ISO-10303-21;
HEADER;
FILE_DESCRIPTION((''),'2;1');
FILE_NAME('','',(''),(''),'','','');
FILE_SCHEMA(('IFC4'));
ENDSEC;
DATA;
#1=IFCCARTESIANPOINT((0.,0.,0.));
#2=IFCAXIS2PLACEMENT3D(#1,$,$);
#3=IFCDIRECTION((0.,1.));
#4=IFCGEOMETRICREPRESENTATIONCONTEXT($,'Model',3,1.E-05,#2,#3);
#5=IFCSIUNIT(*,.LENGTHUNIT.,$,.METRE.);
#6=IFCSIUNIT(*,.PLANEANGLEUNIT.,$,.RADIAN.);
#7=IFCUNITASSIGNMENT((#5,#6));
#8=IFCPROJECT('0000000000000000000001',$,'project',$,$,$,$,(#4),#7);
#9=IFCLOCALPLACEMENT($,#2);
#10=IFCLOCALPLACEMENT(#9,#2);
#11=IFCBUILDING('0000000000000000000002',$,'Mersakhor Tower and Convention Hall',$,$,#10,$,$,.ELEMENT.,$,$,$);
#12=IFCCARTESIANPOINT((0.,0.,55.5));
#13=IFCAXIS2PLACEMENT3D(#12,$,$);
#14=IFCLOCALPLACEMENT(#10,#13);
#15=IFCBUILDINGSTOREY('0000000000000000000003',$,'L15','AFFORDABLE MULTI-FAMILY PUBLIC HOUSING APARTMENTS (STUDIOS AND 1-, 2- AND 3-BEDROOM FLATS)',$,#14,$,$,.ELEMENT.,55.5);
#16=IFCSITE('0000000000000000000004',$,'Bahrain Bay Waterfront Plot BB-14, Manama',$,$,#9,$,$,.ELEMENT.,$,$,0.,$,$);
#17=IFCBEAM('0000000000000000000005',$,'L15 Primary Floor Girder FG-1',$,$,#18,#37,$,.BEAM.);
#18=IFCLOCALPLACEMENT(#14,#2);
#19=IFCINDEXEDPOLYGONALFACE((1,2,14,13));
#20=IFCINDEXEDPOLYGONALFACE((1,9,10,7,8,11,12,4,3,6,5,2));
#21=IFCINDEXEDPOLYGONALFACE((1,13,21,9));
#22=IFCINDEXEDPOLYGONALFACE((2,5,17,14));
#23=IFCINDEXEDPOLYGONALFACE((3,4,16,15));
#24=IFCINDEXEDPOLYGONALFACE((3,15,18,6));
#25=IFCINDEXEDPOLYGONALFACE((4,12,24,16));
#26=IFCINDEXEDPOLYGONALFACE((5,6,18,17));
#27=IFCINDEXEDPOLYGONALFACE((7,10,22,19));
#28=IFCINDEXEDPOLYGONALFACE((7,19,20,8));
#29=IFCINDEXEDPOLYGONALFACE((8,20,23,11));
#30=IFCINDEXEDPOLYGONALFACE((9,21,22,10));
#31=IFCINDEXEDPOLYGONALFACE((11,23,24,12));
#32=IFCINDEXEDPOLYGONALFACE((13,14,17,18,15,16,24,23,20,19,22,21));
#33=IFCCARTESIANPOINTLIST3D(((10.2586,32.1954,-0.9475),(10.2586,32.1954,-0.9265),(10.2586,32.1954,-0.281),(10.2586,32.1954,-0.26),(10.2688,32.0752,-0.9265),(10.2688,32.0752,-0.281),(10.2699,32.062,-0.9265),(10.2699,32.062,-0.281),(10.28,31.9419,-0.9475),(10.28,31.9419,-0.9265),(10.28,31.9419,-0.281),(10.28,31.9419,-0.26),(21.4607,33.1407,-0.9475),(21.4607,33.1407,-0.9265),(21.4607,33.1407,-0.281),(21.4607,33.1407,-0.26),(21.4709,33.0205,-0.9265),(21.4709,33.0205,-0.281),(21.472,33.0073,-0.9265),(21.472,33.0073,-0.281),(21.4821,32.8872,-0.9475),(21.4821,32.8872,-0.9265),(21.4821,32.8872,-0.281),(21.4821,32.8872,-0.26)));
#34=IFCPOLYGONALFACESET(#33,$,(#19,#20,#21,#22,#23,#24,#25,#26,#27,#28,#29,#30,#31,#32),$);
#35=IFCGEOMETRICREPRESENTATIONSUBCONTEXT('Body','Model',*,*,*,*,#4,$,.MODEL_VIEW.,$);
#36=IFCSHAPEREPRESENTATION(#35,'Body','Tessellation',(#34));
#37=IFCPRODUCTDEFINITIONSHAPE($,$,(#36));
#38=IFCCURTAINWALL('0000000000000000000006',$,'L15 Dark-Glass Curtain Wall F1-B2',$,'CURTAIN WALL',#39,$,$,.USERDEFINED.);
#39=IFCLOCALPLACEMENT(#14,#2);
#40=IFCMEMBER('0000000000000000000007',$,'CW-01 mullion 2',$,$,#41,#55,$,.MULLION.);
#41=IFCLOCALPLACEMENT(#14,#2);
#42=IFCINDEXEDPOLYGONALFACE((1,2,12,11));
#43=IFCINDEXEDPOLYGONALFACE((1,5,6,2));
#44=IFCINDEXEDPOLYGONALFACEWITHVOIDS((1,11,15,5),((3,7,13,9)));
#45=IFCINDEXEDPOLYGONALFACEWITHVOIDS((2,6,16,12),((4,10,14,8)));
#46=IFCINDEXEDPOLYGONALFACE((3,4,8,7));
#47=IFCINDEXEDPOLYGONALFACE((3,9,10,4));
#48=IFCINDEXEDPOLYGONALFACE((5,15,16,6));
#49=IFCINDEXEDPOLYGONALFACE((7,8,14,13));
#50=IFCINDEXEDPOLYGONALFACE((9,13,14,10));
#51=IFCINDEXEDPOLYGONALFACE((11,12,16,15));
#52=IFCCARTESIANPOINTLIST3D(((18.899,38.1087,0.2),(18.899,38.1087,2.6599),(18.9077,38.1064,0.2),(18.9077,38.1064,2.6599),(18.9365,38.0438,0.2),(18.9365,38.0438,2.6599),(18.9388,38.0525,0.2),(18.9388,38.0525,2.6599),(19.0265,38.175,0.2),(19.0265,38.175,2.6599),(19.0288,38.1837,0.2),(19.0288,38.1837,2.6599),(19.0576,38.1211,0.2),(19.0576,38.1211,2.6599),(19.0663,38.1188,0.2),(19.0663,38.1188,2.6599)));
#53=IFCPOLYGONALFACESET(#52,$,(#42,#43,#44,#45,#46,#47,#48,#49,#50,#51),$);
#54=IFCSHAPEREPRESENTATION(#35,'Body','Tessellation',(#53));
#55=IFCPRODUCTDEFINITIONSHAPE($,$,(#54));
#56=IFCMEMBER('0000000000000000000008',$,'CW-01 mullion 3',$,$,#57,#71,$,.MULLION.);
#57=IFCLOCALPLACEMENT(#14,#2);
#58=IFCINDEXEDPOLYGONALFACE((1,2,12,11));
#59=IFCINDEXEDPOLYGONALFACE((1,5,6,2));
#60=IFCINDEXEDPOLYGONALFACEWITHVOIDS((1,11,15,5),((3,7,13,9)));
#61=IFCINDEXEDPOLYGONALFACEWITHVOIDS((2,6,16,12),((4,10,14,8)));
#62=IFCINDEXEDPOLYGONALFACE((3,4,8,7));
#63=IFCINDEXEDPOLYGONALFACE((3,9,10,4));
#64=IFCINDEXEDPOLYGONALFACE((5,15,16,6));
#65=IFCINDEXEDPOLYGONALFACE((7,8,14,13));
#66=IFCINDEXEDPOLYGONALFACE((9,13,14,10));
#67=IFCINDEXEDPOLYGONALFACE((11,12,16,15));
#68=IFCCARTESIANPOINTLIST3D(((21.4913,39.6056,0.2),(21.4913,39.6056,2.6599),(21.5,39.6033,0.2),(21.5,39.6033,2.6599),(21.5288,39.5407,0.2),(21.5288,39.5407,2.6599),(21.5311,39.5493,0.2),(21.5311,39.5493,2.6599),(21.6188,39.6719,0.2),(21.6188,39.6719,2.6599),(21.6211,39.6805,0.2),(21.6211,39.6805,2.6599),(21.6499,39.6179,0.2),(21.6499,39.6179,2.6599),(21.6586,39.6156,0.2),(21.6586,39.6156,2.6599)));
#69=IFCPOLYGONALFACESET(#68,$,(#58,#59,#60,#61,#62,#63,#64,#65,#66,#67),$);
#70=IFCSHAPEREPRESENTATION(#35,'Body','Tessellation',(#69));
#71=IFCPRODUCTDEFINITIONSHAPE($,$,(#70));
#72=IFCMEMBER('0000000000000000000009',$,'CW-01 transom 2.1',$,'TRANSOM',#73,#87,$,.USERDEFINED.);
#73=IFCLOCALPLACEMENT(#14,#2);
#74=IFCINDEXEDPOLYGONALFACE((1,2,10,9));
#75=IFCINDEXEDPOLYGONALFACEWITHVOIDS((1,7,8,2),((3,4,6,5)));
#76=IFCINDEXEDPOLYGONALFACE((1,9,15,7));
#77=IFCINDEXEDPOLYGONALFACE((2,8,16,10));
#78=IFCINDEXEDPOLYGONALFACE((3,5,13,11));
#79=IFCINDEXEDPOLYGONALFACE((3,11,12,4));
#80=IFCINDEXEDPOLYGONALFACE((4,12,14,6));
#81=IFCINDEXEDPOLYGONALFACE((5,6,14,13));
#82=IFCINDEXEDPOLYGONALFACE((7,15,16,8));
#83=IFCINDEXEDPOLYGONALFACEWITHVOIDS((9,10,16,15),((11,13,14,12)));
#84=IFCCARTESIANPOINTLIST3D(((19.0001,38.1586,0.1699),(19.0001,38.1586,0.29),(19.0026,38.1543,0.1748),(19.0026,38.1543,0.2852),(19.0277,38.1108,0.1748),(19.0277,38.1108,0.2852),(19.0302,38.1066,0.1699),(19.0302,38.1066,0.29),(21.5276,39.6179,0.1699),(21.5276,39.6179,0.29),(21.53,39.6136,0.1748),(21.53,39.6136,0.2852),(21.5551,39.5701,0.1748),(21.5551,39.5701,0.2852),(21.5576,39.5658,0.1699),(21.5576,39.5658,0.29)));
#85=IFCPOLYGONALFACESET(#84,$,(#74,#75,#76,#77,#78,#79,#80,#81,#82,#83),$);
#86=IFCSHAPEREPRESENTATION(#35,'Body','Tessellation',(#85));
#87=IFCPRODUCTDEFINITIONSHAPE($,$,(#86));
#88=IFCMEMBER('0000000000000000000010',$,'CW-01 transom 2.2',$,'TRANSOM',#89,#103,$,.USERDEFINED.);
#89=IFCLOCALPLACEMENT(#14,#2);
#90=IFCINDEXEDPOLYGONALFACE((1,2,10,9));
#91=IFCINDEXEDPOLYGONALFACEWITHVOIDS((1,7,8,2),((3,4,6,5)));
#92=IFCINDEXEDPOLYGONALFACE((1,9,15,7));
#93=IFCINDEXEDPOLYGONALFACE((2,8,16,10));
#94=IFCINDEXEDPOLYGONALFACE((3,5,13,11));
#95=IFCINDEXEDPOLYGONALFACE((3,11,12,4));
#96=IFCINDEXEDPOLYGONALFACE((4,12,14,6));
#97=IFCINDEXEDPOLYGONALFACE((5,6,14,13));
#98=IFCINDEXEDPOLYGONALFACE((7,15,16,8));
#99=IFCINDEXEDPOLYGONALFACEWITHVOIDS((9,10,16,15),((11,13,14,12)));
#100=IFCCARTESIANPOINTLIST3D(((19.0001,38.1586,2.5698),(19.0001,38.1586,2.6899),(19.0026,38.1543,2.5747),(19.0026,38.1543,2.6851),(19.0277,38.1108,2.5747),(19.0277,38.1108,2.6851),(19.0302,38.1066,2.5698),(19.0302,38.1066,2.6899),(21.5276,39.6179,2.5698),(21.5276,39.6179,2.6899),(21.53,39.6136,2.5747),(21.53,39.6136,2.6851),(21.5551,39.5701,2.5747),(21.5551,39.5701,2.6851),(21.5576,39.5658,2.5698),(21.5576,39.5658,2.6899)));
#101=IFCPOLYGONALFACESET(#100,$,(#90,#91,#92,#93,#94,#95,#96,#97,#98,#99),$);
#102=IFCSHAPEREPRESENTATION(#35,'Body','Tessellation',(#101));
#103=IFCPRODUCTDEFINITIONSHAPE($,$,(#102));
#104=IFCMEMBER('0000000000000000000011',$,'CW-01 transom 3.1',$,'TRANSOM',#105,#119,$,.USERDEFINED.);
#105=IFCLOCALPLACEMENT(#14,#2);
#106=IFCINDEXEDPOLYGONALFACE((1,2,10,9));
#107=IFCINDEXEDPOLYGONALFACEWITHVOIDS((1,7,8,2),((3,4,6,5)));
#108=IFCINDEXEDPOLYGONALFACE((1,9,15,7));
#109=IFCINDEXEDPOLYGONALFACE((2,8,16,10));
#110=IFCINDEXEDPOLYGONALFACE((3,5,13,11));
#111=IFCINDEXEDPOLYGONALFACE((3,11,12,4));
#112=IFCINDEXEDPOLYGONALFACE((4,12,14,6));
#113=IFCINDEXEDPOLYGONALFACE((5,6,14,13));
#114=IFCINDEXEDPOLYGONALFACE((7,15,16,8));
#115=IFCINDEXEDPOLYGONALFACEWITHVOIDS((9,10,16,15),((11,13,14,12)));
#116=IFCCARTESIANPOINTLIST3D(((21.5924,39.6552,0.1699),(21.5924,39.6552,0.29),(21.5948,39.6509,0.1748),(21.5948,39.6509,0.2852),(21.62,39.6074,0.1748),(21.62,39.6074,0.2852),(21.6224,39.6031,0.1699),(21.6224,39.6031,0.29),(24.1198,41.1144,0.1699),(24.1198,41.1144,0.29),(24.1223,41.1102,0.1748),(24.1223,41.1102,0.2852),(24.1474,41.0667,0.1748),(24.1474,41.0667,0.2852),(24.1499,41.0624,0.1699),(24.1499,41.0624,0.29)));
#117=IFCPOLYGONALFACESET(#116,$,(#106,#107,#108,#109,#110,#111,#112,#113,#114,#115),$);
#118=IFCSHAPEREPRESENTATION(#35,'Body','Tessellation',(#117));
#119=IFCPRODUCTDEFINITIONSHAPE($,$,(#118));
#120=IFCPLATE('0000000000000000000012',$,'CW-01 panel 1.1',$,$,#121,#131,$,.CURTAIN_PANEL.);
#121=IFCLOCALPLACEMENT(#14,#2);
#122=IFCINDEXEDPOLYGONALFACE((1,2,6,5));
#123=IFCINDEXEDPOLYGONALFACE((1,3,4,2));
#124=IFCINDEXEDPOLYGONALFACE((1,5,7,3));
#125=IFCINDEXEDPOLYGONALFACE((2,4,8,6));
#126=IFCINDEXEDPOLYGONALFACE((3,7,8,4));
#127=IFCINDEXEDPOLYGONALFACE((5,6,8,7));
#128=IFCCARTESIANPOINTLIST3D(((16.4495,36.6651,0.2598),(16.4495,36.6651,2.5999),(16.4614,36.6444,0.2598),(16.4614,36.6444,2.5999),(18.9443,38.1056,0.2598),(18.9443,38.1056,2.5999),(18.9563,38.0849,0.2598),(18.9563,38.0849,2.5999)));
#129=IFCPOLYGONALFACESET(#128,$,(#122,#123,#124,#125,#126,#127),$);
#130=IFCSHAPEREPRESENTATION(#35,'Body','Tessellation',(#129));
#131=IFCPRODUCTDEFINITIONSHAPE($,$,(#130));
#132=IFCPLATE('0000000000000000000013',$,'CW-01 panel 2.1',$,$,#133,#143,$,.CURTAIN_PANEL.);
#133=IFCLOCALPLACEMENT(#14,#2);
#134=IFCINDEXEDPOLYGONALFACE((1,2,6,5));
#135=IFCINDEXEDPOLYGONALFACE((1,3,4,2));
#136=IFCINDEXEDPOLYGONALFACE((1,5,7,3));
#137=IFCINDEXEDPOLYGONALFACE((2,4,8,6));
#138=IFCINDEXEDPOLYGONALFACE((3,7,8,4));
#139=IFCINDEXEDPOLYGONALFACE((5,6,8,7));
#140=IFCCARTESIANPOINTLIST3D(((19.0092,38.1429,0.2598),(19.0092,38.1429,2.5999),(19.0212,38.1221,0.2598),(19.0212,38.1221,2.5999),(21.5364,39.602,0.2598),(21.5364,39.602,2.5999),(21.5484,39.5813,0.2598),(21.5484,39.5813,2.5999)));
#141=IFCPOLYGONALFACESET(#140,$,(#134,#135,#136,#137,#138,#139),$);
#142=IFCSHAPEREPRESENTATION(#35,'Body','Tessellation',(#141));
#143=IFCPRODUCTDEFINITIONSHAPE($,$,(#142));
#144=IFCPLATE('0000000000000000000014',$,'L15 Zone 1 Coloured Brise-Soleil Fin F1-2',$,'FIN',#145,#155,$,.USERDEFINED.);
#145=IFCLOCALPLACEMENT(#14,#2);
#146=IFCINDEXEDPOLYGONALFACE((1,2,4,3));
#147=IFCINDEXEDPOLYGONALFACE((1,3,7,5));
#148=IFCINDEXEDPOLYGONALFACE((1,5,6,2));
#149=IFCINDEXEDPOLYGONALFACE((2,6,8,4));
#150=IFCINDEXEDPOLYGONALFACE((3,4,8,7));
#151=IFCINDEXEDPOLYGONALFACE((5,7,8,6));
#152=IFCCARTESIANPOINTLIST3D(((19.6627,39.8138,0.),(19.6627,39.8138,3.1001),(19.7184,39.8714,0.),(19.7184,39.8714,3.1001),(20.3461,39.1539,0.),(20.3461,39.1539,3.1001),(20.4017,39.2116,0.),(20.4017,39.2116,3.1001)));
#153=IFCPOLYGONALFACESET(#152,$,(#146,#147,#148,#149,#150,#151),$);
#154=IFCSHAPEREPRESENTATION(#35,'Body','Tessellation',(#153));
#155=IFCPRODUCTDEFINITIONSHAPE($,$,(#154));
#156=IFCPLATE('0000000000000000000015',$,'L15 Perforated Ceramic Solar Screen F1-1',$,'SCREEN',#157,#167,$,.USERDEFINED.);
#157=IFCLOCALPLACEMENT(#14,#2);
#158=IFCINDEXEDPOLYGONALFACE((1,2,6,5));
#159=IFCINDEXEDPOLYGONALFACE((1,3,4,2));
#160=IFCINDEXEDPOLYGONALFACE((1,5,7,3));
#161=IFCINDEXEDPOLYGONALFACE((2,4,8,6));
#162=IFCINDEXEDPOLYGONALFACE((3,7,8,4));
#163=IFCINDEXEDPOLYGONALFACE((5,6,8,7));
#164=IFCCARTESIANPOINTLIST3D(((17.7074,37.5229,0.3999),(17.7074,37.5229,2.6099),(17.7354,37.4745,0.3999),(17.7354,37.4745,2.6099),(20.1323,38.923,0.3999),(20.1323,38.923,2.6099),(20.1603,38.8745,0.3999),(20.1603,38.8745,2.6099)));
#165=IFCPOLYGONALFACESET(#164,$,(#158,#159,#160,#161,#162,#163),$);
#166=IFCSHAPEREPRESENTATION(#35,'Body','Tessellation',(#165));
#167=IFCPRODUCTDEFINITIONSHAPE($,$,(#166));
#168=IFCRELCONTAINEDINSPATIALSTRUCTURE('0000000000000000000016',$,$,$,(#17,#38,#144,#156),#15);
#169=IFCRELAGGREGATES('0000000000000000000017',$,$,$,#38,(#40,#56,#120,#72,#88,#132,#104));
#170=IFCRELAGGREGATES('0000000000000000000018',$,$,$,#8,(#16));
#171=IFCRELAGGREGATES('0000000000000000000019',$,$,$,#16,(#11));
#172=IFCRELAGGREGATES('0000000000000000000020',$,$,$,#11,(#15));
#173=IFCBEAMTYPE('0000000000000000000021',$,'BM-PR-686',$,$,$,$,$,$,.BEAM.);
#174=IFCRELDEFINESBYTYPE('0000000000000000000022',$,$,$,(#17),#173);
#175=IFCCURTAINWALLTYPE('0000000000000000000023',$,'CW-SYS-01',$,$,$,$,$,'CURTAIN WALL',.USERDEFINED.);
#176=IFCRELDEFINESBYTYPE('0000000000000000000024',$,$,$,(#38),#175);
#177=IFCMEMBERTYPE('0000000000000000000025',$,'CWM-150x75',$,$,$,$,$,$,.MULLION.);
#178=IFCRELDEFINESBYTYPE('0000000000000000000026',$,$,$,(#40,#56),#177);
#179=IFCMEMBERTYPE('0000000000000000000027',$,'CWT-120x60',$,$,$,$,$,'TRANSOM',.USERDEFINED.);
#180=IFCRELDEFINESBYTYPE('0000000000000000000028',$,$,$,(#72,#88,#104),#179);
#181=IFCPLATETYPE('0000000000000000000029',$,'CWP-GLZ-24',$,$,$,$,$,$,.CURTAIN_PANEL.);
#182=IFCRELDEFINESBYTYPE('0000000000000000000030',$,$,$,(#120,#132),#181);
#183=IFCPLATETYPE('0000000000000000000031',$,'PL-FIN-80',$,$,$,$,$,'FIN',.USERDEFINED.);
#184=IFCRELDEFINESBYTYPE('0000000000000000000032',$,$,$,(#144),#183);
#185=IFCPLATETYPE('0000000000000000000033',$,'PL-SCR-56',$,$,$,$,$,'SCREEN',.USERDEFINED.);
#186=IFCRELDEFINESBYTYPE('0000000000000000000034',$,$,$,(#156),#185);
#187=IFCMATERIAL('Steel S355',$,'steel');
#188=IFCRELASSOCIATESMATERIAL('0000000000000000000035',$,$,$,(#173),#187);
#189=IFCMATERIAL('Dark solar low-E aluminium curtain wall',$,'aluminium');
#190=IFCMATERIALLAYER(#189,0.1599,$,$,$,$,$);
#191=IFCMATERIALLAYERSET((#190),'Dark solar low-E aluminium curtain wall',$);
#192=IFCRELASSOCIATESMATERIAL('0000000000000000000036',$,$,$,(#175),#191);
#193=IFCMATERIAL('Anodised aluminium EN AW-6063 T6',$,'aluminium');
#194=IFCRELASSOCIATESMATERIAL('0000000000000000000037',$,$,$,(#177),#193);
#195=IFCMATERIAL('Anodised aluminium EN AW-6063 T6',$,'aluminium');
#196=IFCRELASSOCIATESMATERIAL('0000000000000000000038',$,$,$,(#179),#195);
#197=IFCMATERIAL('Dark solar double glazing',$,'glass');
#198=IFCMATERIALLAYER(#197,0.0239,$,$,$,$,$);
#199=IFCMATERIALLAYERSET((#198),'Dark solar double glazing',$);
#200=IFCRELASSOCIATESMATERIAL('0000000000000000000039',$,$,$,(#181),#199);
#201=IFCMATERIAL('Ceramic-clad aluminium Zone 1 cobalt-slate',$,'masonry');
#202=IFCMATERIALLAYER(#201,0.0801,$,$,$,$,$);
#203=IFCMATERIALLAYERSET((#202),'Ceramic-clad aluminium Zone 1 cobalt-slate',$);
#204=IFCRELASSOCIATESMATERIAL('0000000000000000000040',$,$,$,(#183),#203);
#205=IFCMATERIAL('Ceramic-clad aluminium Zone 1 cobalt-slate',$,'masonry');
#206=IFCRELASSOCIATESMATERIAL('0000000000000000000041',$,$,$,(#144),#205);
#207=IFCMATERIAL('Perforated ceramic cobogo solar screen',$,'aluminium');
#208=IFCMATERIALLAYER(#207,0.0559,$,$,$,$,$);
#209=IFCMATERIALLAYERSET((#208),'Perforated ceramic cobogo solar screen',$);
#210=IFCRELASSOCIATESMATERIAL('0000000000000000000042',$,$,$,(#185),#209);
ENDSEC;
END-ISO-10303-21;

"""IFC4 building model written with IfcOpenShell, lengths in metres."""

from ifc_helpers import new_model, si_unit, direction, frame, origin, origin_2d, place, context, subcontext, project, spatial, rectangle, hollow_rectangle, i_section, extrude, material, layer, layer_set, material_profile, profile_set, type_object, element, aggregate, save


model = new_model("IFC4")

# Units and contexts
model_context = context("Model", 3, precision=1e-05, world=origin(), true_north=direction((0.0, 1.0)))
body_context = subcontext(model_context, "Body", "Model", "MODEL_VIEW")
ifc_project = project(units=[si_unit("LENGTHUNIT", "METRE"), si_unit("PLANEANGLEUNIT", "RADIAN")], contexts=[model_context])

# Site, building, storey
site_placement = place(None, origin())
site = spatial("IfcSite", under=ifc_project, at=site_placement, Name="Bahrain Bay Waterfront Plot BB-14, Manama", CompositionType="ELEMENT", RefElevation=0.0)
building_placement = place(site_placement, origin())
building = spatial("IfcBuilding", under=site, at=building_placement, Name="Mersakhor Tower and Convention Hall", CompositionType="ELEMENT")
storey_placement = place(building_placement, frame((0.0, 0.0, 55.5)))
storey = spatial("IfcBuildingStorey", under=building, at=storey_placement, Name="L15", Description="AFFORDABLE MULTI-FAMILY PUBLIC HOUSING APARTMENTS (STUDIOS AND 1-, 2- AND 3-BEDROOM FLATS)", CompositionType="ELEMENT", Elevation=55.5)

# Beam
ifc_material_1 = material(Name="Steel S355", Category="steel")
ifc_material_profile_1 = material_profile(ifc_material_1, i_section(OverallWidth=0.2544, OverallDepth=0.6875, WebThickness=0.0132, FlangeThickness=0.021, at=origin_2d()), Name="UB 686x254x152")
ifc_profile_set_1 = profile_set([ifc_material_profile_1], Name="Steel S355")
beam_type = type_object("IfcBeamType", Name="BM-PR-686", PredefinedType="BEAM", material=ifc_profile_set_1)
beam_placement = place(storey_placement, frame((21.4714, 33.0139, -0.6038), z_axis=(-0.996458, -0.084088, 0.0), x_axis=(0.084088, -0.996458, 0.0)))
element("IfcBeam", 1, at=beam_placement, inside=storey, type_object=beam_type, Name="L15 Primary Floor Girder FG-1", PredefinedType="BEAM", context=body_context, shape_type="SweptSolid", body=[
    extrude(i_section(OverallWidth=0.2544, OverallDepth=0.6875, WebThickness=0.0132, FlangeThickness=0.021, at=origin_2d()), origin(), (0.0, 0.0, 1.0), 11.2419),
])

# Curtain wall, members, plates
ifc_material_2 = material(Name="Dark solar low-E aluminium curtain wall", Category="aluminium")
ifc_layer_1 = layer(ifc_material_2, 0.1599)
ifc_layer_set_1 = layer_set([ifc_layer_1], Name="Dark solar low-E aluminium curtain wall")
curtain_wall_type = type_object("IfcCurtainWallType", Name="CW-SYS-01", ElementType="CURTAIN WALL", PredefinedType="USERDEFINED", material=ifc_layer_set_1)
curtain_wall_placement = place(storey_placement, origin())
curtain_wall = element("IfcCurtainWall", 2, at=curtain_wall_placement, inside=storey, type_object=curtain_wall_type, Name="L15 Dark-Glass Curtain Wall F1-B2", ObjectType="CURTAIN WALL", PredefinedType="USERDEFINED")
ifc_material_3 = material(Name="Anodised aluminium EN AW-6063 T6", Category="aluminium")
ifc_material_profile_2 = material_profile(ifc_material_3, hollow_rectangle(XDim=0.075, YDim=0.1499, WallThickness=0.0063, at=origin_2d()), Name="RHS 150x75x6.3")
ifc_profile_set_2 = profile_set([ifc_material_profile_2], Name="Anodised aluminium EN AW-6063 T6")
member_type_1 = type_object("IfcMemberType", Name="CWM-150x75", PredefinedType="MULLION", material=ifc_profile_set_2)
member_1_placement = place(storey_placement, frame((18.9827, 38.1138, 0.2), z_axis=(0.0, 0.0, 1.0), x_axis=(-0.500003, 0.866023, 0.0)))
member_1 = element("IfcMember", 3, at=member_1_placement, type_object=member_type_1, Name="CW-01 mullion 2", PredefinedType="MULLION", context=body_context, shape_type="SweptSolid", body=[
    extrude(hollow_rectangle(XDim=0.075, YDim=0.1499, WallThickness=0.0063, at=origin_2d()), origin(), (0.0, 0.0, 1.0), 2.46),
])
member_2_placement = place(storey_placement, frame((21.575, 39.6106, 0.2), z_axis=(0.0, 0.0, 1.0), x_axis=(-0.500003, 0.866023, 0.0)))
member_2 = element("IfcMember", 4, at=member_2_placement, type_object=member_type_1, Name="CW-01 mullion 3", PredefinedType="MULLION", context=body_context, shape_type="SweptSolid", body=[
    extrude(hollow_rectangle(XDim=0.075, YDim=0.1499, WallThickness=0.0063, at=origin_2d()), origin(), (0.0, 0.0, 1.0), 2.46),
])
ifc_material_4 = material(Name="Anodised aluminium EN AW-6063 T6", Category="aluminium")
ifc_material_profile_3 = material_profile(ifc_material_4, hollow_rectangle(XDim=0.0601, YDim=0.1201, WallThickness=0.0049, at=origin_2d()), Name="RHS 120x60x5")
ifc_profile_set_3 = profile_set([ifc_material_profile_3], Name="Anodised aluminium EN AW-6063 T6")
member_type_2 = type_object("IfcMemberType", Name="CWT-120x60", ElementType="TRANSOM", PredefinedType="USERDEFINED", material=ifc_profile_set_3)
member_3_placement = place(storey_placement, frame((19.0151, 38.1326, 0.23), z_axis=(0.866016, 0.500017, 0.0), x_axis=(-0.500017, 0.866016, 0.0)))
member_3 = element("IfcMember", 5, at=member_3_placement, type_object=member_type_2, Name="CW-01 transom 2.1", ObjectType="TRANSOM", PredefinedType="USERDEFINED", context=body_context, shape_type="SweptSolid", body=[
    extrude(hollow_rectangle(XDim=0.0601, YDim=0.1201, WallThickness=0.0049, at=origin_2d()), origin(), (0.0, 0.0, 1.0), 2.9185),
])
member_4_placement = place(storey_placement, frame((19.0151, 38.1326, 2.6299), z_axis=(0.866016, 0.500017, 0.0), x_axis=(-0.500017, 0.866016, 0.0)))
member_4 = element("IfcMember", 6, at=member_4_placement, type_object=member_type_2, Name="CW-01 transom 2.2", ObjectType="TRANSOM", PredefinedType="USERDEFINED", context=body_context, shape_type="SweptSolid", body=[
    extrude(hollow_rectangle(XDim=0.0601, YDim=0.1201, WallThickness=0.0049, at=origin_2d()), origin(), (0.0, 0.0, 1.0), 2.9185),
])
member_5_placement = place(storey_placement, frame((21.6074, 39.6292, 0.23), z_axis=(0.866016, 0.500017, 0.0), x_axis=(-0.500017, 0.866016, 0.0)))
member_5 = element("IfcMember", 7, at=member_5_placement, type_object=member_type_2, Name="CW-01 transom 3.1", ObjectType="TRANSOM", PredefinedType="USERDEFINED", context=body_context, shape_type="SweptSolid", body=[
    extrude(hollow_rectangle(XDim=0.0601, YDim=0.1201, WallThickness=0.0049, at=origin_2d()), origin(), (0.0, 0.0, 1.0), 2.9185),
])
ifc_material_5 = material(Name="Dark solar double glazing", Category="glass")
ifc_layer_2 = layer(ifc_material_5, 0.0239)
ifc_layer_set_2 = layer_set([ifc_layer_2], Name="Dark solar double glazing")
plate_type_1 = type_object("IfcPlateType", Name="CWP-GLZ-24", PredefinedType="CURTAIN_PANEL", material=ifc_layer_set_2)
plate_1_placement = place(storey_placement, frame((17.7029, 37.375, 0.2598), z_axis=(0.0, 0.0, 1.0), x_axis=(0.866023, 0.500003, 0.0)))
plate_1 = element("IfcPlate", 8, at=plate_1_placement, type_object=plate_type_1, Name="CW-01 panel 1.1", PredefinedType="CURTAIN_PANEL", context=body_context, shape_type="SweptSolid", body=[
    extrude(rectangle(XDim=2.8809, YDim=0.0239, at=origin_2d()), origin(), (0.0, 0.0, 1.0), 2.3401),
])
plate_2_placement = place(storey_placement, frame((20.2788, 38.8621, 0.2598), z_axis=(0.0, 0.0, 1.0), x_axis=(0.866023, 0.500003, 0.0)))
plate_2 = element("IfcPlate", 9, at=plate_2_placement, type_object=plate_type_1, Name="CW-01 panel 2.1", PredefinedType="CURTAIN_PANEL", context=body_context, shape_type="SweptSolid", body=[
    extrude(rectangle(XDim=2.9182, YDim=0.0239, at=origin_2d()), origin(), (0.0, 0.0, 1.0), 2.3401),
])
aggregate(curtain_wall, [member_1, member_2, plate_1, member_3, member_4, plate_2, member_5])

# Plates
ifc_material_6 = material(Name="Ceramic-clad aluminium Zone 1 cobalt-slate", Category="masonry")
ifc_material_7 = material(Name="Ceramic-clad aluminium Zone 1 cobalt-slate", Category="masonry")
ifc_layer_3 = layer(ifc_material_7, 0.0801)
ifc_layer_set_3 = layer_set([ifc_layer_3], Name="Ceramic-clad aluminium Zone 1 cobalt-slate")
plate_type_2 = type_object("IfcPlateType", Name="PL-FIN-80", ElementType="FIN", PredefinedType="USERDEFINED", material=ifc_layer_set_3)
plate_3_placement = place(storey_placement, frame((20.0322, 39.5127, 0.0), z_axis=(0.0, 0.0, 1.0), x_axis=(-0.71934, 0.694658, 0.0)))
element("IfcPlate", 10, at=plate_3_placement, inside=storey, type_object=plate_type_2, material=ifc_material_6, Name="L15 Zone 1 Coloured Brise-Soleil Fin F1-2", ObjectType="FIN", PredefinedType="USERDEFINED", context=body_context, shape_type="SweptSolid", body=[
    extrude(rectangle(XDim=0.95, YDim=0.0801, at=origin_2d()), origin(), (0.0, 0.0, 1.0), 3.1001),
])
ifc_material_8 = material(Name="Perforated ceramic cobogo solar screen", Category="aluminium")
ifc_layer_4 = layer(ifc_material_8, 0.0559)
ifc_layer_set_4 = layer_set([ifc_layer_4], Name="Perforated ceramic cobogo solar screen")
plate_type_3 = type_object("IfcPlateType", Name="PL-SCR-56", ElementType="SCREEN", PredefinedType="USERDEFINED", material=ifc_layer_set_4)
plate_4_placement = place(storey_placement, frame((18.9338, 38.1987, 0.3999), z_axis=(0.0, 0.0, 1.0), x_axis=(0.866025, 0.5, 0.0)))
element("IfcPlate", 11, at=plate_4_placement, inside=storey, type_object=plate_type_3, Name="L15 Perforated Ceramic Solar Screen F1-1", ObjectType="SCREEN", PredefinedType="USERDEFINED", context=body_context, shape_type="SweptSolid", body=[
    extrude(rectangle(XDim=2.8, YDim=0.0559, at=origin_2d()), origin(), (0.0, 0.0, 1.0), 2.21),
])

save(model, "model.ifc")
